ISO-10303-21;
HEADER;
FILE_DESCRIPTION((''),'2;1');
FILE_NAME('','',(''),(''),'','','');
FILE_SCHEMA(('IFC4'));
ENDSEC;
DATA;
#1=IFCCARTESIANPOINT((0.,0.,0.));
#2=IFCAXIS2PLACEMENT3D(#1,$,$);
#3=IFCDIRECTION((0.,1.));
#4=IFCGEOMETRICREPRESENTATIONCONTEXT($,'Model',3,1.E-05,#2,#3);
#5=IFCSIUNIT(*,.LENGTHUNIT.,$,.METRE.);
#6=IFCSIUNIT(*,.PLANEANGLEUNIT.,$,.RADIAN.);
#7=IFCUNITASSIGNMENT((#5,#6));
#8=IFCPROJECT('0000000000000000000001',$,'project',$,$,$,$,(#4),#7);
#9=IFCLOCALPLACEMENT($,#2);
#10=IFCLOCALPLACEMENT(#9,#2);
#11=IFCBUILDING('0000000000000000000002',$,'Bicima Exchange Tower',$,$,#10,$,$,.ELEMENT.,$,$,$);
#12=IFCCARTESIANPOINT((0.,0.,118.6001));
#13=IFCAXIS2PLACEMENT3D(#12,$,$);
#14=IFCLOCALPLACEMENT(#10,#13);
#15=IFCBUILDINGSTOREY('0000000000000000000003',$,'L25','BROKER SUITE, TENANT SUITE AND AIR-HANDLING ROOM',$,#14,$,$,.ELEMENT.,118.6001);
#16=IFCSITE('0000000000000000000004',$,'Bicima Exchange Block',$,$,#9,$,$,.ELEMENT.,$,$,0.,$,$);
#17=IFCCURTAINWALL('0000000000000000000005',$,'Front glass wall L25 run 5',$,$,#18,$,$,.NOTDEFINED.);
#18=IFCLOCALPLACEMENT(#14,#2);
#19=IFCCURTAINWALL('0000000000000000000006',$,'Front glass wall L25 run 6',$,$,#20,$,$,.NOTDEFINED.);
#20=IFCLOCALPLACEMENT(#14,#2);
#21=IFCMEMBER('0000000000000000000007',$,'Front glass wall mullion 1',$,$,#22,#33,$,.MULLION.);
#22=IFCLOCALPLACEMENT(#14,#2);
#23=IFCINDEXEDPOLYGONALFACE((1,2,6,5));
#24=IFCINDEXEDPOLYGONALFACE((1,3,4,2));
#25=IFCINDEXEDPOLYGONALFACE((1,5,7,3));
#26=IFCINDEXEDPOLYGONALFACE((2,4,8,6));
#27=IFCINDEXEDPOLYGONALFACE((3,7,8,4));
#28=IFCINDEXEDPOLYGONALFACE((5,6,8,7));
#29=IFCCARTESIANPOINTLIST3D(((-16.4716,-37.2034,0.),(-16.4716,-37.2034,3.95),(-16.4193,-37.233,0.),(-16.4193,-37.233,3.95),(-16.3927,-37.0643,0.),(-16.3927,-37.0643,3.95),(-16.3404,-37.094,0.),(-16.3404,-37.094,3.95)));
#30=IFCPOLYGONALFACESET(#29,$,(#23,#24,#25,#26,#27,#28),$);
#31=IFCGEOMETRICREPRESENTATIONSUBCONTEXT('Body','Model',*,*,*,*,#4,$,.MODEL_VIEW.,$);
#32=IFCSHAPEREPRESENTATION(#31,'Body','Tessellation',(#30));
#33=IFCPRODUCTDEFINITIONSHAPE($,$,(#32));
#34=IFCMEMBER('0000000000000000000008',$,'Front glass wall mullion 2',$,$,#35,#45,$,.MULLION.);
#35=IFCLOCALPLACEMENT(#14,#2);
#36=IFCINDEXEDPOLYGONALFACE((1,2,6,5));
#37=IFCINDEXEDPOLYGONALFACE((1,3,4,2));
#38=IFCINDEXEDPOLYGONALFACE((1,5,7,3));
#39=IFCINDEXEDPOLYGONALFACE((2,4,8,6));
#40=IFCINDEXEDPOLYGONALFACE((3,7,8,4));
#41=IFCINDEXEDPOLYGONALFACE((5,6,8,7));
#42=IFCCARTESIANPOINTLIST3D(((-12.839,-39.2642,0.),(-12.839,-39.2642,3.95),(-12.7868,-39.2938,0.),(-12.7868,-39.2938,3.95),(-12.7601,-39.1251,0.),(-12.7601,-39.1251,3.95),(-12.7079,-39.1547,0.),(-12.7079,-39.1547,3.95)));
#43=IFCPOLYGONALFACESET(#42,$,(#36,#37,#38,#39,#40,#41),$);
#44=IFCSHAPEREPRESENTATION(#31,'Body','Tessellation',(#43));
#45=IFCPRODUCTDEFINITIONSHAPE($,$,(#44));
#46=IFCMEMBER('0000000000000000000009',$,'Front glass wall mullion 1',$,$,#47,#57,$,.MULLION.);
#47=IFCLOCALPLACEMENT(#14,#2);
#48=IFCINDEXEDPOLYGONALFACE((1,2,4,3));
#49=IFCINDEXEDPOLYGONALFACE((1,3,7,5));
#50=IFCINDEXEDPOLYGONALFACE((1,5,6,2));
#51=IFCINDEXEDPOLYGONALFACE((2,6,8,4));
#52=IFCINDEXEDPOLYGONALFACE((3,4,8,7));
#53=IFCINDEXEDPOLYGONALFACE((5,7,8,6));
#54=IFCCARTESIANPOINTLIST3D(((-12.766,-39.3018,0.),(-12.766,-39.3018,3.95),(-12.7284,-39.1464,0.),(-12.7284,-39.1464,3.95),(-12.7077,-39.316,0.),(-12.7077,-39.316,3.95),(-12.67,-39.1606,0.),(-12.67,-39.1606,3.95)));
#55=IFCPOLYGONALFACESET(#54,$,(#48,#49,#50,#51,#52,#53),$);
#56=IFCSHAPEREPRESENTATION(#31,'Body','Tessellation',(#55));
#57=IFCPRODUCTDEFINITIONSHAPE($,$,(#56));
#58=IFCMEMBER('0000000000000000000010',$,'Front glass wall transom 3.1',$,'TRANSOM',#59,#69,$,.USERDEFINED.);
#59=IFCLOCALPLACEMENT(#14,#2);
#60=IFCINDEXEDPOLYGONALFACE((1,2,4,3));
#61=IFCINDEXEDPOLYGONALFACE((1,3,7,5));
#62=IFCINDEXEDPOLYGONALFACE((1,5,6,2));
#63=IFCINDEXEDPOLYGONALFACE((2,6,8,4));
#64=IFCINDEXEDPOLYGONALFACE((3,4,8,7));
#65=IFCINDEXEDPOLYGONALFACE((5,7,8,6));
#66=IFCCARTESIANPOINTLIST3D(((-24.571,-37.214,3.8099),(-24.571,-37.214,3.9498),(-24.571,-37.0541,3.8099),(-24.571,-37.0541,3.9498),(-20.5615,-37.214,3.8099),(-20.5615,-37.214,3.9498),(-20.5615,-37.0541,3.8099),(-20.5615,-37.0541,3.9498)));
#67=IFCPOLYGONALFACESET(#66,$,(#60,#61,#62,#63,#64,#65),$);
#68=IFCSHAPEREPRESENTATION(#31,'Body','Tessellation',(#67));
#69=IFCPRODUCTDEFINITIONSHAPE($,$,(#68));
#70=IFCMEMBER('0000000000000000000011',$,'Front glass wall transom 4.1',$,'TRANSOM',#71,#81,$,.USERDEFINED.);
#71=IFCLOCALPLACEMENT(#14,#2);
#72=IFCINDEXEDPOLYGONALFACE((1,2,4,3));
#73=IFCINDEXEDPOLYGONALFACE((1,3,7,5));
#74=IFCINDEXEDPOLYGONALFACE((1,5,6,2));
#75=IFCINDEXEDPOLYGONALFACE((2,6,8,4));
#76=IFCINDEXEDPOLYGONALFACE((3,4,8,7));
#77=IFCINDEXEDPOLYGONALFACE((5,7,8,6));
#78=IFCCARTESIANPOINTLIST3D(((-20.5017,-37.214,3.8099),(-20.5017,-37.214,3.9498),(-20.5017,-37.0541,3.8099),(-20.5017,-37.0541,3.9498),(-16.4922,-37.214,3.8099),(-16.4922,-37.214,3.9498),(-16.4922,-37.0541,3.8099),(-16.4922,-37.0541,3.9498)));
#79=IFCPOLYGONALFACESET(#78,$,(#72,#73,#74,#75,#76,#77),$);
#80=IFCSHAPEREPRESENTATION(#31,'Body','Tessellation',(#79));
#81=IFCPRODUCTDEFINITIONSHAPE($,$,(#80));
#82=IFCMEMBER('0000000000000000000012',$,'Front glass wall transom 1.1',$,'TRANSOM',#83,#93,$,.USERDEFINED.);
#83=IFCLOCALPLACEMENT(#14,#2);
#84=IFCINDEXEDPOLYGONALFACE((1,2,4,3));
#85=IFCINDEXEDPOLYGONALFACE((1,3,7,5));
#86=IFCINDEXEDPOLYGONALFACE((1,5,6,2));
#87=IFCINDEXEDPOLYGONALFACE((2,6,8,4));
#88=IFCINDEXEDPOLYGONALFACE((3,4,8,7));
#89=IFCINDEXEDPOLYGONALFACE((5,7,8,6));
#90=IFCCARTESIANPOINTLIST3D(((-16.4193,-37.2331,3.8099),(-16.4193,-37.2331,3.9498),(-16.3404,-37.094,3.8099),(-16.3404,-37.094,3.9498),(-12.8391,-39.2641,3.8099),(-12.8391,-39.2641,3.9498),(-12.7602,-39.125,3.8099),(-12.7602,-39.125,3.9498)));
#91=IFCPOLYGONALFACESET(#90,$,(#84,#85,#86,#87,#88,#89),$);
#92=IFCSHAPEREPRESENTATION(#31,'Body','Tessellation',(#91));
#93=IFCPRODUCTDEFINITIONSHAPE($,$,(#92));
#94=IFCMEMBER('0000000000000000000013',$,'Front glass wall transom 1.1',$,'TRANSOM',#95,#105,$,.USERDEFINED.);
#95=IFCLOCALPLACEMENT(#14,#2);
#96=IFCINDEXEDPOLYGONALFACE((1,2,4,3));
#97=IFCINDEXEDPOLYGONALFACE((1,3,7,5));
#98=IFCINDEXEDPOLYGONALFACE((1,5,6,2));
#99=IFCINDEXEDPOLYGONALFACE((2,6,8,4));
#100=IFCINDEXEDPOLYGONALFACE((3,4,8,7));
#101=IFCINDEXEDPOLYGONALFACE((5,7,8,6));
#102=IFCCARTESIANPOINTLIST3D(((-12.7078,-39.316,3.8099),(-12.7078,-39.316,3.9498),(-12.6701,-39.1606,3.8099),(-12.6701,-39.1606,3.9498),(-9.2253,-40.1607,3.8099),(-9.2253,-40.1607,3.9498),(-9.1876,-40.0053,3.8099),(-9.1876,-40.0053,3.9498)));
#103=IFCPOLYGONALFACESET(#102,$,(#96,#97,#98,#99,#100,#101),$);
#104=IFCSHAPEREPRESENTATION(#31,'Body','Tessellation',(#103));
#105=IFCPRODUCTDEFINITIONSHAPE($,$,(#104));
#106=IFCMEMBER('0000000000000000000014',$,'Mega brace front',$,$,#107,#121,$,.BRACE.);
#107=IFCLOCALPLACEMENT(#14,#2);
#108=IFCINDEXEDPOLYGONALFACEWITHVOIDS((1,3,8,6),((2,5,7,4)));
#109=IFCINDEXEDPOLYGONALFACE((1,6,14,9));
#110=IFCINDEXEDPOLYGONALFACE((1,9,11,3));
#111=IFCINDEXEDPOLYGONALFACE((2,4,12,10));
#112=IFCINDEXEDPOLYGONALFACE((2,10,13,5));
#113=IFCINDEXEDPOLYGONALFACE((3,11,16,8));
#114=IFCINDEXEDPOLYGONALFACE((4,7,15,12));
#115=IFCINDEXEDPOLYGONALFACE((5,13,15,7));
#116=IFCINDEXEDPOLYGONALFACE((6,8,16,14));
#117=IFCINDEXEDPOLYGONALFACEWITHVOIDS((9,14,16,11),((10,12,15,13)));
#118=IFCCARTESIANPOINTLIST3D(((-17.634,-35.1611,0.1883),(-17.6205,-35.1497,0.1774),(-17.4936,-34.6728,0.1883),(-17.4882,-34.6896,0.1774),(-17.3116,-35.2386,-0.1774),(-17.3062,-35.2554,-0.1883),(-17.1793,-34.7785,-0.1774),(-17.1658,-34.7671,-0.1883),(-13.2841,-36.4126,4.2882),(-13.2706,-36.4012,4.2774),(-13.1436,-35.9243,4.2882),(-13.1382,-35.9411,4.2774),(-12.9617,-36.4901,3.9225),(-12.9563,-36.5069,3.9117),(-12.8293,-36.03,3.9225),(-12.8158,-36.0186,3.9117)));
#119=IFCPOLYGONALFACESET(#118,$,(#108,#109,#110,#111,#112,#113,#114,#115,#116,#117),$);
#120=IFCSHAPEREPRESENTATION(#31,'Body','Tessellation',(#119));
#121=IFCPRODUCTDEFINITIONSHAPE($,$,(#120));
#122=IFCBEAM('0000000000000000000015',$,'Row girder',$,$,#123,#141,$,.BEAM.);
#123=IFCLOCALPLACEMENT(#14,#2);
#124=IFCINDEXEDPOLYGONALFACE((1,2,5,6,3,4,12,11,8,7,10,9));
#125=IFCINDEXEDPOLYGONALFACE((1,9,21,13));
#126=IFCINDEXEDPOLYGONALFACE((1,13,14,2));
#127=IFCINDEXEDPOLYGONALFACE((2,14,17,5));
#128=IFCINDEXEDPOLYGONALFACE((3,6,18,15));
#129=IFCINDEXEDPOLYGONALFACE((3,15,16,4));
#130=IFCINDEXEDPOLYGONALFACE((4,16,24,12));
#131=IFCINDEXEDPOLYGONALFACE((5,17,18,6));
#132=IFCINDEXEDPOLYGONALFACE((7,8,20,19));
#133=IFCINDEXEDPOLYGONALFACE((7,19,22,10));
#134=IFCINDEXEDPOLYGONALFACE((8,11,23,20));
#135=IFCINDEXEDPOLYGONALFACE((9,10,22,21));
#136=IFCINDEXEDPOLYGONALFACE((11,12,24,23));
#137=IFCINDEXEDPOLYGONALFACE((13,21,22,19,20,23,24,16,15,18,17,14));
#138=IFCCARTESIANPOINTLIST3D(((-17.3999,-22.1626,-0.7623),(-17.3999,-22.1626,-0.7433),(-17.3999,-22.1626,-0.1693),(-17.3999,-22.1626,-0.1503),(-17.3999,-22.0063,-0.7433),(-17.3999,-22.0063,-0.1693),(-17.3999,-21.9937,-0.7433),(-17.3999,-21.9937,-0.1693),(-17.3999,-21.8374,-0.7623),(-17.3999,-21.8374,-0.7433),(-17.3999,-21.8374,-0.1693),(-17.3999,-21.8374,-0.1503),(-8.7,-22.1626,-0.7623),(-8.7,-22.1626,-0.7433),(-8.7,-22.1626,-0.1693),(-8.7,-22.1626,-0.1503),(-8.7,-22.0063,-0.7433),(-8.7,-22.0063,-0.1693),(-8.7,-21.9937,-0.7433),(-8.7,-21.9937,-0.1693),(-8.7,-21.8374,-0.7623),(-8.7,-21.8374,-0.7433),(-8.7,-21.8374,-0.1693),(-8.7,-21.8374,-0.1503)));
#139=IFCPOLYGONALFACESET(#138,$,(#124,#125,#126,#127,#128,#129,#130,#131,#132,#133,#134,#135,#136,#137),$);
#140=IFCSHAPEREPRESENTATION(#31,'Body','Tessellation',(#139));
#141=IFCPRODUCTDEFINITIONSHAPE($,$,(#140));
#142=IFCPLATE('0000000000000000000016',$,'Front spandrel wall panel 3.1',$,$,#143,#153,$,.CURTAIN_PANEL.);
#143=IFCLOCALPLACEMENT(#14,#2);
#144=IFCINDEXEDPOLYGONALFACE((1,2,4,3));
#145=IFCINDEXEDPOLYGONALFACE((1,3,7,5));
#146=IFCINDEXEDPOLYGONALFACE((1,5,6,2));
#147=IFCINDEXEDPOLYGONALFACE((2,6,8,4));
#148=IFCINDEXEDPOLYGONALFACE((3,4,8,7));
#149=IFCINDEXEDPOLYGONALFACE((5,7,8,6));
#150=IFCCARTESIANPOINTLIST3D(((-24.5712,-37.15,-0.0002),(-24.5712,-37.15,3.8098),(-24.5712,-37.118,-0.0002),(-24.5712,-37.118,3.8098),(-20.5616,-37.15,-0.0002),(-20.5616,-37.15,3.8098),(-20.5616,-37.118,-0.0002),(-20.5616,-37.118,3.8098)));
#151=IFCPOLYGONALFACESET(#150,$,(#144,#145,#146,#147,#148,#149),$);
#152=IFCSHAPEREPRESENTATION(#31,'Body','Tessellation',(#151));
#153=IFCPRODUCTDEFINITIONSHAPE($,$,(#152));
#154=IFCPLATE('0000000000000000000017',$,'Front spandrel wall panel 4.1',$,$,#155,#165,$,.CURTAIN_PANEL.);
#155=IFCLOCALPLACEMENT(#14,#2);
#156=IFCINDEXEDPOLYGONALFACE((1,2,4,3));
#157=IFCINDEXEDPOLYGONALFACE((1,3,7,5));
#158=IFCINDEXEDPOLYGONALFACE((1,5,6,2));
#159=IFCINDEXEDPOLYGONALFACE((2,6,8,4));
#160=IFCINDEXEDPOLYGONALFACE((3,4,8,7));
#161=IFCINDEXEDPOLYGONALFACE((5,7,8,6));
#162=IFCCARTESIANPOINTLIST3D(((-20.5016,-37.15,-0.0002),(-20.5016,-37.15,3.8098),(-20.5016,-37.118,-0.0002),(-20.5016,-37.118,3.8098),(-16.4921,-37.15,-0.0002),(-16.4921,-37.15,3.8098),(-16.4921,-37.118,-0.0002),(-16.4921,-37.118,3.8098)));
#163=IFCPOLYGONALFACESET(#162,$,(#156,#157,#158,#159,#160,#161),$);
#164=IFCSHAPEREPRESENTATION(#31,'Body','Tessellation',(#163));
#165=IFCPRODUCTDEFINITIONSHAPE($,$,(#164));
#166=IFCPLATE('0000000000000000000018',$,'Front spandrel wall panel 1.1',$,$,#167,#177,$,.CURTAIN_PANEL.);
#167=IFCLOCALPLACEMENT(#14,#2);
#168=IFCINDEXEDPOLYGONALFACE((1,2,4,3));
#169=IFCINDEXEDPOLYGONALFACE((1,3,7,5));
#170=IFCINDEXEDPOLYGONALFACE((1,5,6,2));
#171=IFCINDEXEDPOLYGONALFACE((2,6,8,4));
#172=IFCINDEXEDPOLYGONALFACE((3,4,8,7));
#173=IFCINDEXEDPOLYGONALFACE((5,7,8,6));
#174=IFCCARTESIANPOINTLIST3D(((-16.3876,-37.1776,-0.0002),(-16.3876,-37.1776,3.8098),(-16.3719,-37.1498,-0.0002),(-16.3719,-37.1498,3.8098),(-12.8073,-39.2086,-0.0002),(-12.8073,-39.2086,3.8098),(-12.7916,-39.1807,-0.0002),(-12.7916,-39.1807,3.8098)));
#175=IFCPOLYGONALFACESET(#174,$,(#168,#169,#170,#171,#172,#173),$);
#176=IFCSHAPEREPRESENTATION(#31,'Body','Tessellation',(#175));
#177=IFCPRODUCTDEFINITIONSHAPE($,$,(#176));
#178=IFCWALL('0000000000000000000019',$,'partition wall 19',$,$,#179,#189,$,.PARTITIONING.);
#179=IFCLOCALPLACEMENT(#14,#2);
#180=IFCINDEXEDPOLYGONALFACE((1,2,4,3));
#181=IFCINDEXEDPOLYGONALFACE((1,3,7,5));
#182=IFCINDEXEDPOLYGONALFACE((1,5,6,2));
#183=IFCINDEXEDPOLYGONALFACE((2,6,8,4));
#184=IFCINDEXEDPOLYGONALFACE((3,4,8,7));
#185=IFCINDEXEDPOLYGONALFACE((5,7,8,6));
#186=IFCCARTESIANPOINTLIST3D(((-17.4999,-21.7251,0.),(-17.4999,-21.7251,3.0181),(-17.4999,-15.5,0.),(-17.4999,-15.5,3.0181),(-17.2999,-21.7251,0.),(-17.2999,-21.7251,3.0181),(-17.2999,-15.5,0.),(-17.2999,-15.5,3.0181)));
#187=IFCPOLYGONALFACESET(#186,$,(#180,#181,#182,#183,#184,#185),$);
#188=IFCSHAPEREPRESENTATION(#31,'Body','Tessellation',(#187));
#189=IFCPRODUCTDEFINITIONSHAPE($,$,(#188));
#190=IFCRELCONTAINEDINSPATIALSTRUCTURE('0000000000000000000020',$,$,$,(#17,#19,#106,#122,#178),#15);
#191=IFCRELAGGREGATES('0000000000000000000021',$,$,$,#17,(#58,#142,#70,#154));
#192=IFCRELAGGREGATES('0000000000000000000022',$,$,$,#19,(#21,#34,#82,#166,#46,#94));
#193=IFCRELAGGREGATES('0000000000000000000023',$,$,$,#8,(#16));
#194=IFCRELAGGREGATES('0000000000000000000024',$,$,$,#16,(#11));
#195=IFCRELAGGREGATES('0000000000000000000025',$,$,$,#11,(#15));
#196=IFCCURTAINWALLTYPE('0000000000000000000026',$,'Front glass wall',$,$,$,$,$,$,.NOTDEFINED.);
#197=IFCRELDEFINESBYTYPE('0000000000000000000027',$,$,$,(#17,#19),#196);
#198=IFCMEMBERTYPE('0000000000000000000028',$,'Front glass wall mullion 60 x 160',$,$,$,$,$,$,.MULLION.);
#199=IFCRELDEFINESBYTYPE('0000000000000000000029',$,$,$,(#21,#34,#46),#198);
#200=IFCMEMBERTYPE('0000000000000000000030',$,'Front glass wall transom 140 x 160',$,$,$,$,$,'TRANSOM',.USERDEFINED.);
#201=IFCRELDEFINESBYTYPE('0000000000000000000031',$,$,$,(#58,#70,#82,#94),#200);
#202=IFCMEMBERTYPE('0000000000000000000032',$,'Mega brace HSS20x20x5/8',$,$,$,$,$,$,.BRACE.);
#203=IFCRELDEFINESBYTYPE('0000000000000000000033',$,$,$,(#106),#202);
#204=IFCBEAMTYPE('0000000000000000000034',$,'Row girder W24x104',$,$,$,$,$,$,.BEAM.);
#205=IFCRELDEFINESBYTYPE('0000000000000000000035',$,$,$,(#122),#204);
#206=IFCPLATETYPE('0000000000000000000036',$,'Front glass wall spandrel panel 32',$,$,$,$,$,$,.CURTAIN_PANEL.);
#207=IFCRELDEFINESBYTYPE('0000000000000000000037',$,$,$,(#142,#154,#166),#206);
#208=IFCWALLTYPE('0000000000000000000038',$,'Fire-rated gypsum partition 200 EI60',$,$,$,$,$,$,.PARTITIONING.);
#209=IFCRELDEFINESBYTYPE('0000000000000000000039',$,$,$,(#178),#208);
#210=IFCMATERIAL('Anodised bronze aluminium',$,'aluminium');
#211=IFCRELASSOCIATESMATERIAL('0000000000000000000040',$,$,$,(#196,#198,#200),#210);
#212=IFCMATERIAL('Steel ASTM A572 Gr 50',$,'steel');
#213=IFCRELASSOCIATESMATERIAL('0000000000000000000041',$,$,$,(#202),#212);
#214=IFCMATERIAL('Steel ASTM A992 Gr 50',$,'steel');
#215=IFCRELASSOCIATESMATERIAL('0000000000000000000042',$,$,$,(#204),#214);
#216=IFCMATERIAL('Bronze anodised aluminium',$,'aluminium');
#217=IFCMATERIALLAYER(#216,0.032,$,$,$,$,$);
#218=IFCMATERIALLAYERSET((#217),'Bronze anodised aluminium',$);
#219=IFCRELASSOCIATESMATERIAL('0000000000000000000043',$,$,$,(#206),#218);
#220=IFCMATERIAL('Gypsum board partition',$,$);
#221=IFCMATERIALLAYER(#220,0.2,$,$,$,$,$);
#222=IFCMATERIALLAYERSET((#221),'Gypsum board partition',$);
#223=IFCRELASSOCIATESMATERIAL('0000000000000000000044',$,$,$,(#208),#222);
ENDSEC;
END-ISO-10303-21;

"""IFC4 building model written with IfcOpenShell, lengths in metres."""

from ifc_helpers import new_model, si_unit, direction, frame, frame_2d, origin, origin_2d, place, context, subcontext, project, spatial, rectangle, hollow_rectangle, i_section, extrude, material, layer, layer_set, material_profile, profile_set, type_object, element, aggregate, save


model = new_model("IFC4")

# Units and contexts
model_context = context("Model", 3, precision=1e-05, world=origin(), true_north=direction((0.0, 1.0)))
body_context = subcontext(model_context, "Body", "Model", "MODEL_VIEW")
ifc_project = project(units=[si_unit("LENGTHUNIT", "METRE"), si_unit("PLANEANGLEUNIT", "RADIAN")], contexts=[model_context])

# Site, building, storey
site_placement = place(None, origin())
site = spatial("IfcSite", under=ifc_project, at=site_placement, Name="Bicima Exchange Block", CompositionType="ELEMENT", RefElevation=0.0)
building_placement = place(site_placement, origin())
building = spatial("IfcBuilding", under=site, at=building_placement, Name="Bicima Exchange Tower", CompositionType="ELEMENT")
storey_placement = place(building_placement, frame((0.0, 0.0, 118.6001)))
storey = spatial("IfcBuildingStorey", under=building, at=storey_placement, Name="L25", Description="BROKER SUITE, TENANT SUITE AND AIR-HANDLING ROOM", CompositionType="ELEMENT", Elevation=118.6001)

# Shared definitions
ifc_material_1 = material(Name="Steel ASTM A992 Gr 50", Category="steel")

# Shared definitions
ifc_material_2 = material(Name="Steel ASTM A572 Gr 50", Category="steel")

# Curtain walls, members
ifc_material_3 = material(Name="Anodised bronze aluminium", Category="aluminium")
curtain_wall_type = type_object("IfcCurtainWallType", Name="Front glass wall", PredefinedType="NOTDEFINED", material=ifc_material_3)
curtain_wall_1_placement = place(storey_placement, origin())
curtain_wall_1 = element("IfcCurtainWall", 1, at=curtain_wall_1_placement, inside=storey, type_object=curtain_wall_type, Name="Front glass wall L25 run 5", PredefinedType="NOTDEFINED")
ifc_material_profile_1 = material_profile(ifc_material_3, rectangle(XDim=0.1599, YDim=0.0601, at=origin_2d()))
ifc_profile_set_1 = profile_set([ifc_material_profile_1], Name="Anodised bronze aluminium")
member_type_1 = type_object("IfcMemberType", Name="Front glass wall mullion 60 x 160", PredefinedType="MULLION", material=ifc_profile_set_1)
curtain_wall_2_placement = place(storey_placement, origin())
curtain_wall_2 = element("IfcCurtainWall", 2, at=curtain_wall_2_placement, inside=storey, type_object=curtain_wall_type, Name="Front glass wall L25 run 6", PredefinedType="NOTDEFINED")
member_1_placement = place(storey_placement, frame((-16.406, -37.1487, 0.0), z_axis=(0.0, 0.0, 1.0), x_axis=(0.493395, 0.869805, 0.0)))
member_1 = element("IfcMember", 3, at=member_1_placement, type_object=member_type_1, Name="Front glass wall mullion 1", PredefinedType="MULLION", context=body_context, shape_type="SweptSolid", body=[
    extrude(rectangle(XDim=0.1599, YDim=0.0601, at=origin_2d()), origin(), (0.0, 0.0, 1.0), 3.95),
])
member_2_placement = place(storey_placement, frame((-12.7734, -39.2095, 0.0), z_axis=(0.0, 0.0, 1.0), x_axis=(0.493395, 0.869805, 0.0)))
member_2 = element("IfcMember", 4, at=member_2_placement, type_object=member_type_1, Name="Front glass wall mullion 2", PredefinedType="MULLION", context=body_context, shape_type="SweptSolid", body=[
    extrude(rectangle(XDim=0.1599, YDim=0.0601, at=origin_2d()), origin(), (0.0, 0.0, 1.0), 3.95),
])
member_3_placement = place(storey_placement, frame((-12.718, -39.2312, 0.0), z_axis=(0.0, 0.0, 1.0), x_axis=(0.235682, 0.97183, 0.0)))
member_3 = element("IfcMember", 5, at=member_3_placement, type_object=member_type_1, Name="Front glass wall mullion 1", PredefinedType="MULLION", context=body_context, shape_type="SweptSolid", body=[
    extrude(rectangle(XDim=0.1599, YDim=0.0601, at=origin_2d()), origin(), (0.0, 0.0, 1.0), 3.95),
])

# Members
ifc_material_profile_2 = material_profile(ifc_material_3, rectangle(XDim=0.1599, YDim=0.1399, at=origin_2d()))
ifc_profile_set_2 = profile_set([ifc_material_profile_2], Name="Anodised bronze aluminium")
member_type_2 = type_object("IfcMemberType", Name="Front glass wall transom 140 x 160", ElementType="TRANSOM", PredefinedType="USERDEFINED", material=ifc_profile_set_2)
member_4_placement = place(storey_placement, frame((-24.571, -37.134, 3.8799), z_axis=(1.0, 0.0, 0.0), x_axis=(0.0, 1.0, 0.0)))
member_4 = element("IfcMember", 6, at=member_4_placement, type_object=member_type_2, Name="Front glass wall transom 3.1", ObjectType="TRANSOM", PredefinedType="USERDEFINED", context=body_context, shape_type="SweptSolid", body=[
    extrude(rectangle(XDim=0.1599, YDim=0.1399, at=origin_2d()), origin(), (0.0, 0.0, 1.0), 4.0095),
])
member_5_placement = place(storey_placement, frame((-20.5017, -37.134, 3.8799), z_axis=(1.0, 0.0, 0.0), x_axis=(0.0, 1.0, 0.0)))
member_5 = element("IfcMember", 7, at=member_5_placement, type_object=member_type_2, Name="Front glass wall transom 4.1", ObjectType="TRANSOM", PredefinedType="USERDEFINED", context=body_context, shape_type="SweptSolid", body=[
    extrude(rectangle(XDim=0.1599, YDim=0.1399, at=origin_2d()), origin(), (0.0, 0.0, 1.0), 4.0095),
])
member_6_placement = place(storey_placement, frame((-16.3799, -37.1636, 3.8799), z_axis=(0.869797, -0.493409, 0.0), x_axis=(0.493409, 0.869797, 0.0)))
member_6 = element("IfcMember", 8, at=member_6_placement, type_object=member_type_2, Name="Front glass wall transom 1.1", ObjectType="TRANSOM", PredefinedType="USERDEFINED", context=body_context, shape_type="SweptSolid", body=[
    extrude(rectangle(XDim=0.1599, YDim=0.1399, at=origin_2d()), origin(), (0.0, 0.0, 1.0), 4.1162),
])
member_7_placement = place(storey_placement, frame((-12.689, -39.2383, 3.8799), z_axis=(0.971818, -0.235733, 0.0), x_axis=(0.235733, 0.971818, 0.0)))
member_7 = element("IfcMember", 9, at=member_7_placement, type_object=member_type_2, Name="Front glass wall transom 1.1", ObjectType="TRANSOM", PredefinedType="USERDEFINED", context=body_context, shape_type="SweptSolid", body=[
    extrude(rectangle(XDim=0.1599, YDim=0.1399, at=origin_2d()), origin(), (0.0, 0.0, 1.0), 3.5835),
])
ifc_material_profile_3 = material_profile(ifc_material_2, hollow_rectangle(XDim=0.5081, YDim=0.5081, WallThickness=0.0146, at=origin_2d()))
ifc_profile_set_3 = profile_set([ifc_material_profile_3], Name="Steel ASTM A572 Gr 50")
member_type_3 = type_object("IfcMemberType", Name="Mega brace HSS20x20x5/8", PredefinedType="BRACE", material=ifc_profile_set_3)
member_8_placement = place(storey_placement, frame((-17.3999, -34.9641, 0.0), z_axis=(0.712266, -0.204921, 0.67133), x_axis=(0.276487, 0.961018, 0.0)))
element("IfcMember", 10, at=member_8_placement, inside=storey, type_object=member_type_3, Name="Mega brace front", PredefinedType="BRACE", context=body_context, shape_type="SweptSolid", body=[
    extrude(hollow_rectangle(XDim=0.5081, YDim=0.5081, WallThickness=0.0146, at=origin_2d()), origin(), (0.0, 0.0, 1.0), 6.1072),
])

# Beam
ifc_material_profile_4 = material_profile(ifc_material_1, i_section(OverallWidth=0.3252, OverallDepth=0.6121, WebThickness=0.0127, FlangeThickness=0.019, at=origin_2d()))
ifc_profile_set_4 = profile_set([ifc_material_profile_4], Name="Steel ASTM A992 Gr 50")
beam_type_1 = type_object("IfcBeamType", Name="Row girder W24x104", PredefinedType="BEAM", material=ifc_profile_set_4)
beam_1_placement = place(storey_placement, frame((-17.3999, -22.0, -0.4563), z_axis=(1.0, 0.0, 0.0), x_axis=(0.0, 1.0, 0.0)))
element("IfcBeam", 11, at=beam_1_placement, inside=storey, type_object=beam_type_1, Name="Row girder", PredefinedType="BEAM", context=body_context, shape_type="SweptSolid", body=[
    extrude(i_section(OverallWidth=0.3252, OverallDepth=0.6121, WebThickness=0.0127, FlangeThickness=0.019, at=origin_2d()), origin(), (0.0, 0.0, 1.0), 8.7),
])

# Plates
ifc_material_4 = material(Name="Bronze anodised aluminium", Category="aluminium")
ifc_layer_1 = layer(ifc_material_4, 0.032)
ifc_layer_set_1 = layer_set([ifc_layer_1], Name="Bronze anodised aluminium")
plate_type = type_object("IfcPlateType", Name="Front glass wall spandrel panel 32", PredefinedType="CURTAIN_PANEL", material=ifc_layer_set_1)
plate_1_placement = place(storey_placement, frame((-22.5664, -37.134, -0.0002), z_axis=(0.0, 0.0, 1.0), x_axis=(1.0, 0.0, 0.0)))
plate_1 = element("IfcPlate", 12, at=plate_1_placement, type_object=plate_type, Name="Front spandrel wall panel 3.1", PredefinedType="CURTAIN_PANEL", context=body_context, shape_type="SweptSolid", body=[
    extrude(rectangle(XDim=4.0095, YDim=0.032, at=origin_2d()), origin(), (0.0, 0.0, 1.0), 3.8101),
])
plate_2_placement = place(storey_placement, frame((-18.4968, -37.134, -0.0002), z_axis=(0.0, 0.0, 1.0), x_axis=(1.0, 0.0, 0.0)))
plate_2 = element("IfcPlate", 13, at=plate_2_placement, type_object=plate_type, Name="Front spandrel wall panel 4.1", PredefinedType="CURTAIN_PANEL", context=body_context, shape_type="SweptSolid", body=[
    extrude(rectangle(XDim=4.0095, YDim=0.032, at=origin_2d()), origin(), (0.0, 0.0, 1.0), 3.8101),
])
aggregate(curtain_wall_1, [member_4, plate_1, member_5, plate_2])
plate_3_placement = place(storey_placement, frame((-14.5896, -38.1792, -0.0002), z_axis=(0.0, 0.0, 1.0), x_axis=(0.869805, -0.493395, 0.0)))
plate_3 = element("IfcPlate", 14, at=plate_3_placement, type_object=plate_type, Name="Front spandrel wall panel 1.1", PredefinedType="CURTAIN_PANEL", context=body_context, shape_type="SweptSolid", body=[
    extrude(rectangle(XDim=4.1162, YDim=0.032, at=origin_2d()), origin(), (0.0, 0.0, 1.0), 3.8101),
])
aggregate(curtain_wall_2, [member_1, member_2, member_6, plate_3, member_3, member_7])

# Wall
ifc_material_5 = material(Name="Gypsum board partition")
ifc_layer_2 = layer(ifc_material_5, 0.2)
ifc_layer_set_2 = layer_set([ifc_layer_2], Name="Gypsum board partition")
wall_type_1 = type_object("IfcWallType", Name="Fire-rated gypsum partition 200 EI60", PredefinedType="PARTITIONING", material=ifc_layer_set_2)
wall_placement = place(storey_placement, frame((-17.3999, -21.7251, 0.0), z_axis=(0.0, 0.0, 1.0), x_axis=(0.0, 1.0, 0.0)))
element("IfcWall", 15, at=wall_placement, inside=storey, type_object=wall_type_1, Name="partition wall 19", PredefinedType="PARTITIONING", context=body_context, shape_type="SweptSolid", body=[
    extrude(rectangle(XDim=6.2251, YDim=0.2, at=frame_2d((3.1125, 0.0))), origin(), (0.0, 0.0, 1.0), 3.0181),
])

save(model, "model.ifc")
